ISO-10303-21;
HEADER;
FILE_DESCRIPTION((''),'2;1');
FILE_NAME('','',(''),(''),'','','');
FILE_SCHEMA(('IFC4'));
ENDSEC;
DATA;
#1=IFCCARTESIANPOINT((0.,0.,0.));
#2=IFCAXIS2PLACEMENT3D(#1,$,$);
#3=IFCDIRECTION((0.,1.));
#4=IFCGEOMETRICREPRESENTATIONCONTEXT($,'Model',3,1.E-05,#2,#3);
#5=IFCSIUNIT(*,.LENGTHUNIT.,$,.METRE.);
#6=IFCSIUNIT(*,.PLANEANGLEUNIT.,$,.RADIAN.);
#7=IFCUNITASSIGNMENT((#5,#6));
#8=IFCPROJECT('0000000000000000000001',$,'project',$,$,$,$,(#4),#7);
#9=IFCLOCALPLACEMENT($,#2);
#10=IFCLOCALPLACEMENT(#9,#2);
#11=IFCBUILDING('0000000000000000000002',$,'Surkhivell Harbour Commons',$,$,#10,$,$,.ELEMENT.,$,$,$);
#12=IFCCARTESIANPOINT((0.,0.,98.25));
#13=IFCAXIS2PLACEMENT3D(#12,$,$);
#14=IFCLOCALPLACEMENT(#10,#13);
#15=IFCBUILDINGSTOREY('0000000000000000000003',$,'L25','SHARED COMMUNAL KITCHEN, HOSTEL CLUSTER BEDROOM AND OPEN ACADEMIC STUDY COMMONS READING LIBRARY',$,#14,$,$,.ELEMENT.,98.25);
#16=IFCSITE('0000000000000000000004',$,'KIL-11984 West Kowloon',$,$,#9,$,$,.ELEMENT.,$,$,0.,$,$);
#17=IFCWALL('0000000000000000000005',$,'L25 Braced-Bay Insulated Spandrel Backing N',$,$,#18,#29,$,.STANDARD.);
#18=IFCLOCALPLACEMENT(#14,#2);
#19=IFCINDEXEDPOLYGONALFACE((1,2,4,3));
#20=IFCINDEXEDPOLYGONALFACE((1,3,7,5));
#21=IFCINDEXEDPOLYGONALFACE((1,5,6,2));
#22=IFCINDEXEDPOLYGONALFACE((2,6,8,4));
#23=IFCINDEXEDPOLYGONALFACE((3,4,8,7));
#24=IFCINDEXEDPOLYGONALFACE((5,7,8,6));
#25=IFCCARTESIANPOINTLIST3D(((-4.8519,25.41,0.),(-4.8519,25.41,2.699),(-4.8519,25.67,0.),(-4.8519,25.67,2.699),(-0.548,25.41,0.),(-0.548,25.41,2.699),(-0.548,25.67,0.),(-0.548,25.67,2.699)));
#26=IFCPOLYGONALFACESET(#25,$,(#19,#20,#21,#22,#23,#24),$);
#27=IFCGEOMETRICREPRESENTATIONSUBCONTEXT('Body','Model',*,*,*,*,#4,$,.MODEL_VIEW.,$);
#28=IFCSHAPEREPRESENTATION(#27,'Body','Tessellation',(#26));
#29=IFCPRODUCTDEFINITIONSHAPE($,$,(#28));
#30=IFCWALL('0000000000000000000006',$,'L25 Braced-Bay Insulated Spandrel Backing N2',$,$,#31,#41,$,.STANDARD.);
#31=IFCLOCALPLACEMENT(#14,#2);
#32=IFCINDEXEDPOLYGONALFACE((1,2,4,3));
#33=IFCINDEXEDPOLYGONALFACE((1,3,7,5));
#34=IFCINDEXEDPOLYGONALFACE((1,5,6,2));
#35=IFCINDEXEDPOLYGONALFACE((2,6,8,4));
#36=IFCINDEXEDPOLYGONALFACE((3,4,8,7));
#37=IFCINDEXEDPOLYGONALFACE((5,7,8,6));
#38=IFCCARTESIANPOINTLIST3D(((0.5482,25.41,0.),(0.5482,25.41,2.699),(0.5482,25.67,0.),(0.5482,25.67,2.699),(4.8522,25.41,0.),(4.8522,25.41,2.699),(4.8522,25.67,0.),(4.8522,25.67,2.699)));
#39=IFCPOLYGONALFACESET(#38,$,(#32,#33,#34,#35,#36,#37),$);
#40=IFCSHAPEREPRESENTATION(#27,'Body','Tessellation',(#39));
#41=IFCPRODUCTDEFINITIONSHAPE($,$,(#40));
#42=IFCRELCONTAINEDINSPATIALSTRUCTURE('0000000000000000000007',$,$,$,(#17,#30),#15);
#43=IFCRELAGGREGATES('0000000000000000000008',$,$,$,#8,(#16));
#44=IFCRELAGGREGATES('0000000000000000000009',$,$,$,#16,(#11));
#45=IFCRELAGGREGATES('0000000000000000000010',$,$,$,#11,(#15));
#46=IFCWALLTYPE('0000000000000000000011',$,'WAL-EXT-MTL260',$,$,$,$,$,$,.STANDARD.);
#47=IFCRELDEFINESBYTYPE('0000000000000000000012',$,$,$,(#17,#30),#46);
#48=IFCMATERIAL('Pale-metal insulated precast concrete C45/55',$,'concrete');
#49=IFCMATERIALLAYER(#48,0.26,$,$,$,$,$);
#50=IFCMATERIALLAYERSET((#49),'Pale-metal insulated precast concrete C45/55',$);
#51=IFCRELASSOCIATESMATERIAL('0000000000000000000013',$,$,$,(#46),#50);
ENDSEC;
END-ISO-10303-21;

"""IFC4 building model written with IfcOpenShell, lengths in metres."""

from ifc_helpers import new_model, si_unit, direction, frame, frame_2d, origin, place, context, subcontext, project, spatial, rectangle, extrude, material, layer, layer_set, type_object, element, save


model = new_model("IFC4")

# Units and contexts
model_context = context("Model", 3, precision=1e-05, world=origin(), true_north=direction((0.0, 1.0)))
body_context = subcontext(model_context, "Body", "Model", "MODEL_VIEW")
ifc_project = project(units=[si_unit("LENGTHUNIT", "METRE"), si_unit("PLANEANGLEUNIT", "RADIAN")], contexts=[model_context])

# Site, building, storey
site_placement = place(None, origin())
site = spatial("IfcSite", under=ifc_project, at=site_placement, Name="KIL-11984 West Kowloon", CompositionType="ELEMENT", RefElevation=0.0)
building_placement = place(site_placement, origin())
building = spatial("IfcBuilding", under=site, at=building_placement, Name="Surkhivell Harbour Commons", CompositionType="ELEMENT")
storey_placement = place(building_placement, frame((0.0, 0.0, 98.25)))
storey = spatial("IfcBuildingStorey", under=building, at=storey_placement, Name="L25", Description="SHARED COMMUNAL KITCHEN, HOSTEL CLUSTER BEDROOM AND OPEN ACADEMIC STUDY COMMONS READING LIBRARY", CompositionType="ELEMENT", Elevation=98.25)

# Walls
ifc_material_1 = material(Name="Pale-metal insulated precast concrete C45/55", Category="concrete")
ifc_layer_1 = layer(ifc_material_1, 0.26)
ifc_layer_set_1 = layer_set([ifc_layer_1], Name="Pale-metal insulated precast concrete C45/55")
wall_type = type_object("IfcWallType", Name="WAL-EXT-MTL260", PredefinedType="STANDARD", material=ifc_layer_set_1)
for number, where, z_axis, x_axis, name in (
    (1, (-0.5481, 25.54, 0.0), (0.0, 0.0, 1.0), (-1.0, 0.0, 0.0), "L25 Braced-Bay Insulated Spandrel Backing N"),
    (2, (4.8521, 25.54, 0.0), (0.0, 0.0, 1.0), (-1.0, 0.0, 0.0), "L25 Braced-Bay Insulated Spandrel Backing N2"),
):
    element("IfcWall", number, at=place(storey_placement, frame(where, z_axis=z_axis, x_axis=x_axis)), inside=storey, type_object=wall_type, Name=name, PredefinedType="STANDARD", context=body_context, shape_type="SweptSolid", body=[
        extrude(rectangle(XDim=4.304, YDim=0.26, at=frame_2d((2.1519, 0.0))), origin(), (0.0, 0.0, 1.0), 2.699),
    ])

save(model, "model.ifc")
